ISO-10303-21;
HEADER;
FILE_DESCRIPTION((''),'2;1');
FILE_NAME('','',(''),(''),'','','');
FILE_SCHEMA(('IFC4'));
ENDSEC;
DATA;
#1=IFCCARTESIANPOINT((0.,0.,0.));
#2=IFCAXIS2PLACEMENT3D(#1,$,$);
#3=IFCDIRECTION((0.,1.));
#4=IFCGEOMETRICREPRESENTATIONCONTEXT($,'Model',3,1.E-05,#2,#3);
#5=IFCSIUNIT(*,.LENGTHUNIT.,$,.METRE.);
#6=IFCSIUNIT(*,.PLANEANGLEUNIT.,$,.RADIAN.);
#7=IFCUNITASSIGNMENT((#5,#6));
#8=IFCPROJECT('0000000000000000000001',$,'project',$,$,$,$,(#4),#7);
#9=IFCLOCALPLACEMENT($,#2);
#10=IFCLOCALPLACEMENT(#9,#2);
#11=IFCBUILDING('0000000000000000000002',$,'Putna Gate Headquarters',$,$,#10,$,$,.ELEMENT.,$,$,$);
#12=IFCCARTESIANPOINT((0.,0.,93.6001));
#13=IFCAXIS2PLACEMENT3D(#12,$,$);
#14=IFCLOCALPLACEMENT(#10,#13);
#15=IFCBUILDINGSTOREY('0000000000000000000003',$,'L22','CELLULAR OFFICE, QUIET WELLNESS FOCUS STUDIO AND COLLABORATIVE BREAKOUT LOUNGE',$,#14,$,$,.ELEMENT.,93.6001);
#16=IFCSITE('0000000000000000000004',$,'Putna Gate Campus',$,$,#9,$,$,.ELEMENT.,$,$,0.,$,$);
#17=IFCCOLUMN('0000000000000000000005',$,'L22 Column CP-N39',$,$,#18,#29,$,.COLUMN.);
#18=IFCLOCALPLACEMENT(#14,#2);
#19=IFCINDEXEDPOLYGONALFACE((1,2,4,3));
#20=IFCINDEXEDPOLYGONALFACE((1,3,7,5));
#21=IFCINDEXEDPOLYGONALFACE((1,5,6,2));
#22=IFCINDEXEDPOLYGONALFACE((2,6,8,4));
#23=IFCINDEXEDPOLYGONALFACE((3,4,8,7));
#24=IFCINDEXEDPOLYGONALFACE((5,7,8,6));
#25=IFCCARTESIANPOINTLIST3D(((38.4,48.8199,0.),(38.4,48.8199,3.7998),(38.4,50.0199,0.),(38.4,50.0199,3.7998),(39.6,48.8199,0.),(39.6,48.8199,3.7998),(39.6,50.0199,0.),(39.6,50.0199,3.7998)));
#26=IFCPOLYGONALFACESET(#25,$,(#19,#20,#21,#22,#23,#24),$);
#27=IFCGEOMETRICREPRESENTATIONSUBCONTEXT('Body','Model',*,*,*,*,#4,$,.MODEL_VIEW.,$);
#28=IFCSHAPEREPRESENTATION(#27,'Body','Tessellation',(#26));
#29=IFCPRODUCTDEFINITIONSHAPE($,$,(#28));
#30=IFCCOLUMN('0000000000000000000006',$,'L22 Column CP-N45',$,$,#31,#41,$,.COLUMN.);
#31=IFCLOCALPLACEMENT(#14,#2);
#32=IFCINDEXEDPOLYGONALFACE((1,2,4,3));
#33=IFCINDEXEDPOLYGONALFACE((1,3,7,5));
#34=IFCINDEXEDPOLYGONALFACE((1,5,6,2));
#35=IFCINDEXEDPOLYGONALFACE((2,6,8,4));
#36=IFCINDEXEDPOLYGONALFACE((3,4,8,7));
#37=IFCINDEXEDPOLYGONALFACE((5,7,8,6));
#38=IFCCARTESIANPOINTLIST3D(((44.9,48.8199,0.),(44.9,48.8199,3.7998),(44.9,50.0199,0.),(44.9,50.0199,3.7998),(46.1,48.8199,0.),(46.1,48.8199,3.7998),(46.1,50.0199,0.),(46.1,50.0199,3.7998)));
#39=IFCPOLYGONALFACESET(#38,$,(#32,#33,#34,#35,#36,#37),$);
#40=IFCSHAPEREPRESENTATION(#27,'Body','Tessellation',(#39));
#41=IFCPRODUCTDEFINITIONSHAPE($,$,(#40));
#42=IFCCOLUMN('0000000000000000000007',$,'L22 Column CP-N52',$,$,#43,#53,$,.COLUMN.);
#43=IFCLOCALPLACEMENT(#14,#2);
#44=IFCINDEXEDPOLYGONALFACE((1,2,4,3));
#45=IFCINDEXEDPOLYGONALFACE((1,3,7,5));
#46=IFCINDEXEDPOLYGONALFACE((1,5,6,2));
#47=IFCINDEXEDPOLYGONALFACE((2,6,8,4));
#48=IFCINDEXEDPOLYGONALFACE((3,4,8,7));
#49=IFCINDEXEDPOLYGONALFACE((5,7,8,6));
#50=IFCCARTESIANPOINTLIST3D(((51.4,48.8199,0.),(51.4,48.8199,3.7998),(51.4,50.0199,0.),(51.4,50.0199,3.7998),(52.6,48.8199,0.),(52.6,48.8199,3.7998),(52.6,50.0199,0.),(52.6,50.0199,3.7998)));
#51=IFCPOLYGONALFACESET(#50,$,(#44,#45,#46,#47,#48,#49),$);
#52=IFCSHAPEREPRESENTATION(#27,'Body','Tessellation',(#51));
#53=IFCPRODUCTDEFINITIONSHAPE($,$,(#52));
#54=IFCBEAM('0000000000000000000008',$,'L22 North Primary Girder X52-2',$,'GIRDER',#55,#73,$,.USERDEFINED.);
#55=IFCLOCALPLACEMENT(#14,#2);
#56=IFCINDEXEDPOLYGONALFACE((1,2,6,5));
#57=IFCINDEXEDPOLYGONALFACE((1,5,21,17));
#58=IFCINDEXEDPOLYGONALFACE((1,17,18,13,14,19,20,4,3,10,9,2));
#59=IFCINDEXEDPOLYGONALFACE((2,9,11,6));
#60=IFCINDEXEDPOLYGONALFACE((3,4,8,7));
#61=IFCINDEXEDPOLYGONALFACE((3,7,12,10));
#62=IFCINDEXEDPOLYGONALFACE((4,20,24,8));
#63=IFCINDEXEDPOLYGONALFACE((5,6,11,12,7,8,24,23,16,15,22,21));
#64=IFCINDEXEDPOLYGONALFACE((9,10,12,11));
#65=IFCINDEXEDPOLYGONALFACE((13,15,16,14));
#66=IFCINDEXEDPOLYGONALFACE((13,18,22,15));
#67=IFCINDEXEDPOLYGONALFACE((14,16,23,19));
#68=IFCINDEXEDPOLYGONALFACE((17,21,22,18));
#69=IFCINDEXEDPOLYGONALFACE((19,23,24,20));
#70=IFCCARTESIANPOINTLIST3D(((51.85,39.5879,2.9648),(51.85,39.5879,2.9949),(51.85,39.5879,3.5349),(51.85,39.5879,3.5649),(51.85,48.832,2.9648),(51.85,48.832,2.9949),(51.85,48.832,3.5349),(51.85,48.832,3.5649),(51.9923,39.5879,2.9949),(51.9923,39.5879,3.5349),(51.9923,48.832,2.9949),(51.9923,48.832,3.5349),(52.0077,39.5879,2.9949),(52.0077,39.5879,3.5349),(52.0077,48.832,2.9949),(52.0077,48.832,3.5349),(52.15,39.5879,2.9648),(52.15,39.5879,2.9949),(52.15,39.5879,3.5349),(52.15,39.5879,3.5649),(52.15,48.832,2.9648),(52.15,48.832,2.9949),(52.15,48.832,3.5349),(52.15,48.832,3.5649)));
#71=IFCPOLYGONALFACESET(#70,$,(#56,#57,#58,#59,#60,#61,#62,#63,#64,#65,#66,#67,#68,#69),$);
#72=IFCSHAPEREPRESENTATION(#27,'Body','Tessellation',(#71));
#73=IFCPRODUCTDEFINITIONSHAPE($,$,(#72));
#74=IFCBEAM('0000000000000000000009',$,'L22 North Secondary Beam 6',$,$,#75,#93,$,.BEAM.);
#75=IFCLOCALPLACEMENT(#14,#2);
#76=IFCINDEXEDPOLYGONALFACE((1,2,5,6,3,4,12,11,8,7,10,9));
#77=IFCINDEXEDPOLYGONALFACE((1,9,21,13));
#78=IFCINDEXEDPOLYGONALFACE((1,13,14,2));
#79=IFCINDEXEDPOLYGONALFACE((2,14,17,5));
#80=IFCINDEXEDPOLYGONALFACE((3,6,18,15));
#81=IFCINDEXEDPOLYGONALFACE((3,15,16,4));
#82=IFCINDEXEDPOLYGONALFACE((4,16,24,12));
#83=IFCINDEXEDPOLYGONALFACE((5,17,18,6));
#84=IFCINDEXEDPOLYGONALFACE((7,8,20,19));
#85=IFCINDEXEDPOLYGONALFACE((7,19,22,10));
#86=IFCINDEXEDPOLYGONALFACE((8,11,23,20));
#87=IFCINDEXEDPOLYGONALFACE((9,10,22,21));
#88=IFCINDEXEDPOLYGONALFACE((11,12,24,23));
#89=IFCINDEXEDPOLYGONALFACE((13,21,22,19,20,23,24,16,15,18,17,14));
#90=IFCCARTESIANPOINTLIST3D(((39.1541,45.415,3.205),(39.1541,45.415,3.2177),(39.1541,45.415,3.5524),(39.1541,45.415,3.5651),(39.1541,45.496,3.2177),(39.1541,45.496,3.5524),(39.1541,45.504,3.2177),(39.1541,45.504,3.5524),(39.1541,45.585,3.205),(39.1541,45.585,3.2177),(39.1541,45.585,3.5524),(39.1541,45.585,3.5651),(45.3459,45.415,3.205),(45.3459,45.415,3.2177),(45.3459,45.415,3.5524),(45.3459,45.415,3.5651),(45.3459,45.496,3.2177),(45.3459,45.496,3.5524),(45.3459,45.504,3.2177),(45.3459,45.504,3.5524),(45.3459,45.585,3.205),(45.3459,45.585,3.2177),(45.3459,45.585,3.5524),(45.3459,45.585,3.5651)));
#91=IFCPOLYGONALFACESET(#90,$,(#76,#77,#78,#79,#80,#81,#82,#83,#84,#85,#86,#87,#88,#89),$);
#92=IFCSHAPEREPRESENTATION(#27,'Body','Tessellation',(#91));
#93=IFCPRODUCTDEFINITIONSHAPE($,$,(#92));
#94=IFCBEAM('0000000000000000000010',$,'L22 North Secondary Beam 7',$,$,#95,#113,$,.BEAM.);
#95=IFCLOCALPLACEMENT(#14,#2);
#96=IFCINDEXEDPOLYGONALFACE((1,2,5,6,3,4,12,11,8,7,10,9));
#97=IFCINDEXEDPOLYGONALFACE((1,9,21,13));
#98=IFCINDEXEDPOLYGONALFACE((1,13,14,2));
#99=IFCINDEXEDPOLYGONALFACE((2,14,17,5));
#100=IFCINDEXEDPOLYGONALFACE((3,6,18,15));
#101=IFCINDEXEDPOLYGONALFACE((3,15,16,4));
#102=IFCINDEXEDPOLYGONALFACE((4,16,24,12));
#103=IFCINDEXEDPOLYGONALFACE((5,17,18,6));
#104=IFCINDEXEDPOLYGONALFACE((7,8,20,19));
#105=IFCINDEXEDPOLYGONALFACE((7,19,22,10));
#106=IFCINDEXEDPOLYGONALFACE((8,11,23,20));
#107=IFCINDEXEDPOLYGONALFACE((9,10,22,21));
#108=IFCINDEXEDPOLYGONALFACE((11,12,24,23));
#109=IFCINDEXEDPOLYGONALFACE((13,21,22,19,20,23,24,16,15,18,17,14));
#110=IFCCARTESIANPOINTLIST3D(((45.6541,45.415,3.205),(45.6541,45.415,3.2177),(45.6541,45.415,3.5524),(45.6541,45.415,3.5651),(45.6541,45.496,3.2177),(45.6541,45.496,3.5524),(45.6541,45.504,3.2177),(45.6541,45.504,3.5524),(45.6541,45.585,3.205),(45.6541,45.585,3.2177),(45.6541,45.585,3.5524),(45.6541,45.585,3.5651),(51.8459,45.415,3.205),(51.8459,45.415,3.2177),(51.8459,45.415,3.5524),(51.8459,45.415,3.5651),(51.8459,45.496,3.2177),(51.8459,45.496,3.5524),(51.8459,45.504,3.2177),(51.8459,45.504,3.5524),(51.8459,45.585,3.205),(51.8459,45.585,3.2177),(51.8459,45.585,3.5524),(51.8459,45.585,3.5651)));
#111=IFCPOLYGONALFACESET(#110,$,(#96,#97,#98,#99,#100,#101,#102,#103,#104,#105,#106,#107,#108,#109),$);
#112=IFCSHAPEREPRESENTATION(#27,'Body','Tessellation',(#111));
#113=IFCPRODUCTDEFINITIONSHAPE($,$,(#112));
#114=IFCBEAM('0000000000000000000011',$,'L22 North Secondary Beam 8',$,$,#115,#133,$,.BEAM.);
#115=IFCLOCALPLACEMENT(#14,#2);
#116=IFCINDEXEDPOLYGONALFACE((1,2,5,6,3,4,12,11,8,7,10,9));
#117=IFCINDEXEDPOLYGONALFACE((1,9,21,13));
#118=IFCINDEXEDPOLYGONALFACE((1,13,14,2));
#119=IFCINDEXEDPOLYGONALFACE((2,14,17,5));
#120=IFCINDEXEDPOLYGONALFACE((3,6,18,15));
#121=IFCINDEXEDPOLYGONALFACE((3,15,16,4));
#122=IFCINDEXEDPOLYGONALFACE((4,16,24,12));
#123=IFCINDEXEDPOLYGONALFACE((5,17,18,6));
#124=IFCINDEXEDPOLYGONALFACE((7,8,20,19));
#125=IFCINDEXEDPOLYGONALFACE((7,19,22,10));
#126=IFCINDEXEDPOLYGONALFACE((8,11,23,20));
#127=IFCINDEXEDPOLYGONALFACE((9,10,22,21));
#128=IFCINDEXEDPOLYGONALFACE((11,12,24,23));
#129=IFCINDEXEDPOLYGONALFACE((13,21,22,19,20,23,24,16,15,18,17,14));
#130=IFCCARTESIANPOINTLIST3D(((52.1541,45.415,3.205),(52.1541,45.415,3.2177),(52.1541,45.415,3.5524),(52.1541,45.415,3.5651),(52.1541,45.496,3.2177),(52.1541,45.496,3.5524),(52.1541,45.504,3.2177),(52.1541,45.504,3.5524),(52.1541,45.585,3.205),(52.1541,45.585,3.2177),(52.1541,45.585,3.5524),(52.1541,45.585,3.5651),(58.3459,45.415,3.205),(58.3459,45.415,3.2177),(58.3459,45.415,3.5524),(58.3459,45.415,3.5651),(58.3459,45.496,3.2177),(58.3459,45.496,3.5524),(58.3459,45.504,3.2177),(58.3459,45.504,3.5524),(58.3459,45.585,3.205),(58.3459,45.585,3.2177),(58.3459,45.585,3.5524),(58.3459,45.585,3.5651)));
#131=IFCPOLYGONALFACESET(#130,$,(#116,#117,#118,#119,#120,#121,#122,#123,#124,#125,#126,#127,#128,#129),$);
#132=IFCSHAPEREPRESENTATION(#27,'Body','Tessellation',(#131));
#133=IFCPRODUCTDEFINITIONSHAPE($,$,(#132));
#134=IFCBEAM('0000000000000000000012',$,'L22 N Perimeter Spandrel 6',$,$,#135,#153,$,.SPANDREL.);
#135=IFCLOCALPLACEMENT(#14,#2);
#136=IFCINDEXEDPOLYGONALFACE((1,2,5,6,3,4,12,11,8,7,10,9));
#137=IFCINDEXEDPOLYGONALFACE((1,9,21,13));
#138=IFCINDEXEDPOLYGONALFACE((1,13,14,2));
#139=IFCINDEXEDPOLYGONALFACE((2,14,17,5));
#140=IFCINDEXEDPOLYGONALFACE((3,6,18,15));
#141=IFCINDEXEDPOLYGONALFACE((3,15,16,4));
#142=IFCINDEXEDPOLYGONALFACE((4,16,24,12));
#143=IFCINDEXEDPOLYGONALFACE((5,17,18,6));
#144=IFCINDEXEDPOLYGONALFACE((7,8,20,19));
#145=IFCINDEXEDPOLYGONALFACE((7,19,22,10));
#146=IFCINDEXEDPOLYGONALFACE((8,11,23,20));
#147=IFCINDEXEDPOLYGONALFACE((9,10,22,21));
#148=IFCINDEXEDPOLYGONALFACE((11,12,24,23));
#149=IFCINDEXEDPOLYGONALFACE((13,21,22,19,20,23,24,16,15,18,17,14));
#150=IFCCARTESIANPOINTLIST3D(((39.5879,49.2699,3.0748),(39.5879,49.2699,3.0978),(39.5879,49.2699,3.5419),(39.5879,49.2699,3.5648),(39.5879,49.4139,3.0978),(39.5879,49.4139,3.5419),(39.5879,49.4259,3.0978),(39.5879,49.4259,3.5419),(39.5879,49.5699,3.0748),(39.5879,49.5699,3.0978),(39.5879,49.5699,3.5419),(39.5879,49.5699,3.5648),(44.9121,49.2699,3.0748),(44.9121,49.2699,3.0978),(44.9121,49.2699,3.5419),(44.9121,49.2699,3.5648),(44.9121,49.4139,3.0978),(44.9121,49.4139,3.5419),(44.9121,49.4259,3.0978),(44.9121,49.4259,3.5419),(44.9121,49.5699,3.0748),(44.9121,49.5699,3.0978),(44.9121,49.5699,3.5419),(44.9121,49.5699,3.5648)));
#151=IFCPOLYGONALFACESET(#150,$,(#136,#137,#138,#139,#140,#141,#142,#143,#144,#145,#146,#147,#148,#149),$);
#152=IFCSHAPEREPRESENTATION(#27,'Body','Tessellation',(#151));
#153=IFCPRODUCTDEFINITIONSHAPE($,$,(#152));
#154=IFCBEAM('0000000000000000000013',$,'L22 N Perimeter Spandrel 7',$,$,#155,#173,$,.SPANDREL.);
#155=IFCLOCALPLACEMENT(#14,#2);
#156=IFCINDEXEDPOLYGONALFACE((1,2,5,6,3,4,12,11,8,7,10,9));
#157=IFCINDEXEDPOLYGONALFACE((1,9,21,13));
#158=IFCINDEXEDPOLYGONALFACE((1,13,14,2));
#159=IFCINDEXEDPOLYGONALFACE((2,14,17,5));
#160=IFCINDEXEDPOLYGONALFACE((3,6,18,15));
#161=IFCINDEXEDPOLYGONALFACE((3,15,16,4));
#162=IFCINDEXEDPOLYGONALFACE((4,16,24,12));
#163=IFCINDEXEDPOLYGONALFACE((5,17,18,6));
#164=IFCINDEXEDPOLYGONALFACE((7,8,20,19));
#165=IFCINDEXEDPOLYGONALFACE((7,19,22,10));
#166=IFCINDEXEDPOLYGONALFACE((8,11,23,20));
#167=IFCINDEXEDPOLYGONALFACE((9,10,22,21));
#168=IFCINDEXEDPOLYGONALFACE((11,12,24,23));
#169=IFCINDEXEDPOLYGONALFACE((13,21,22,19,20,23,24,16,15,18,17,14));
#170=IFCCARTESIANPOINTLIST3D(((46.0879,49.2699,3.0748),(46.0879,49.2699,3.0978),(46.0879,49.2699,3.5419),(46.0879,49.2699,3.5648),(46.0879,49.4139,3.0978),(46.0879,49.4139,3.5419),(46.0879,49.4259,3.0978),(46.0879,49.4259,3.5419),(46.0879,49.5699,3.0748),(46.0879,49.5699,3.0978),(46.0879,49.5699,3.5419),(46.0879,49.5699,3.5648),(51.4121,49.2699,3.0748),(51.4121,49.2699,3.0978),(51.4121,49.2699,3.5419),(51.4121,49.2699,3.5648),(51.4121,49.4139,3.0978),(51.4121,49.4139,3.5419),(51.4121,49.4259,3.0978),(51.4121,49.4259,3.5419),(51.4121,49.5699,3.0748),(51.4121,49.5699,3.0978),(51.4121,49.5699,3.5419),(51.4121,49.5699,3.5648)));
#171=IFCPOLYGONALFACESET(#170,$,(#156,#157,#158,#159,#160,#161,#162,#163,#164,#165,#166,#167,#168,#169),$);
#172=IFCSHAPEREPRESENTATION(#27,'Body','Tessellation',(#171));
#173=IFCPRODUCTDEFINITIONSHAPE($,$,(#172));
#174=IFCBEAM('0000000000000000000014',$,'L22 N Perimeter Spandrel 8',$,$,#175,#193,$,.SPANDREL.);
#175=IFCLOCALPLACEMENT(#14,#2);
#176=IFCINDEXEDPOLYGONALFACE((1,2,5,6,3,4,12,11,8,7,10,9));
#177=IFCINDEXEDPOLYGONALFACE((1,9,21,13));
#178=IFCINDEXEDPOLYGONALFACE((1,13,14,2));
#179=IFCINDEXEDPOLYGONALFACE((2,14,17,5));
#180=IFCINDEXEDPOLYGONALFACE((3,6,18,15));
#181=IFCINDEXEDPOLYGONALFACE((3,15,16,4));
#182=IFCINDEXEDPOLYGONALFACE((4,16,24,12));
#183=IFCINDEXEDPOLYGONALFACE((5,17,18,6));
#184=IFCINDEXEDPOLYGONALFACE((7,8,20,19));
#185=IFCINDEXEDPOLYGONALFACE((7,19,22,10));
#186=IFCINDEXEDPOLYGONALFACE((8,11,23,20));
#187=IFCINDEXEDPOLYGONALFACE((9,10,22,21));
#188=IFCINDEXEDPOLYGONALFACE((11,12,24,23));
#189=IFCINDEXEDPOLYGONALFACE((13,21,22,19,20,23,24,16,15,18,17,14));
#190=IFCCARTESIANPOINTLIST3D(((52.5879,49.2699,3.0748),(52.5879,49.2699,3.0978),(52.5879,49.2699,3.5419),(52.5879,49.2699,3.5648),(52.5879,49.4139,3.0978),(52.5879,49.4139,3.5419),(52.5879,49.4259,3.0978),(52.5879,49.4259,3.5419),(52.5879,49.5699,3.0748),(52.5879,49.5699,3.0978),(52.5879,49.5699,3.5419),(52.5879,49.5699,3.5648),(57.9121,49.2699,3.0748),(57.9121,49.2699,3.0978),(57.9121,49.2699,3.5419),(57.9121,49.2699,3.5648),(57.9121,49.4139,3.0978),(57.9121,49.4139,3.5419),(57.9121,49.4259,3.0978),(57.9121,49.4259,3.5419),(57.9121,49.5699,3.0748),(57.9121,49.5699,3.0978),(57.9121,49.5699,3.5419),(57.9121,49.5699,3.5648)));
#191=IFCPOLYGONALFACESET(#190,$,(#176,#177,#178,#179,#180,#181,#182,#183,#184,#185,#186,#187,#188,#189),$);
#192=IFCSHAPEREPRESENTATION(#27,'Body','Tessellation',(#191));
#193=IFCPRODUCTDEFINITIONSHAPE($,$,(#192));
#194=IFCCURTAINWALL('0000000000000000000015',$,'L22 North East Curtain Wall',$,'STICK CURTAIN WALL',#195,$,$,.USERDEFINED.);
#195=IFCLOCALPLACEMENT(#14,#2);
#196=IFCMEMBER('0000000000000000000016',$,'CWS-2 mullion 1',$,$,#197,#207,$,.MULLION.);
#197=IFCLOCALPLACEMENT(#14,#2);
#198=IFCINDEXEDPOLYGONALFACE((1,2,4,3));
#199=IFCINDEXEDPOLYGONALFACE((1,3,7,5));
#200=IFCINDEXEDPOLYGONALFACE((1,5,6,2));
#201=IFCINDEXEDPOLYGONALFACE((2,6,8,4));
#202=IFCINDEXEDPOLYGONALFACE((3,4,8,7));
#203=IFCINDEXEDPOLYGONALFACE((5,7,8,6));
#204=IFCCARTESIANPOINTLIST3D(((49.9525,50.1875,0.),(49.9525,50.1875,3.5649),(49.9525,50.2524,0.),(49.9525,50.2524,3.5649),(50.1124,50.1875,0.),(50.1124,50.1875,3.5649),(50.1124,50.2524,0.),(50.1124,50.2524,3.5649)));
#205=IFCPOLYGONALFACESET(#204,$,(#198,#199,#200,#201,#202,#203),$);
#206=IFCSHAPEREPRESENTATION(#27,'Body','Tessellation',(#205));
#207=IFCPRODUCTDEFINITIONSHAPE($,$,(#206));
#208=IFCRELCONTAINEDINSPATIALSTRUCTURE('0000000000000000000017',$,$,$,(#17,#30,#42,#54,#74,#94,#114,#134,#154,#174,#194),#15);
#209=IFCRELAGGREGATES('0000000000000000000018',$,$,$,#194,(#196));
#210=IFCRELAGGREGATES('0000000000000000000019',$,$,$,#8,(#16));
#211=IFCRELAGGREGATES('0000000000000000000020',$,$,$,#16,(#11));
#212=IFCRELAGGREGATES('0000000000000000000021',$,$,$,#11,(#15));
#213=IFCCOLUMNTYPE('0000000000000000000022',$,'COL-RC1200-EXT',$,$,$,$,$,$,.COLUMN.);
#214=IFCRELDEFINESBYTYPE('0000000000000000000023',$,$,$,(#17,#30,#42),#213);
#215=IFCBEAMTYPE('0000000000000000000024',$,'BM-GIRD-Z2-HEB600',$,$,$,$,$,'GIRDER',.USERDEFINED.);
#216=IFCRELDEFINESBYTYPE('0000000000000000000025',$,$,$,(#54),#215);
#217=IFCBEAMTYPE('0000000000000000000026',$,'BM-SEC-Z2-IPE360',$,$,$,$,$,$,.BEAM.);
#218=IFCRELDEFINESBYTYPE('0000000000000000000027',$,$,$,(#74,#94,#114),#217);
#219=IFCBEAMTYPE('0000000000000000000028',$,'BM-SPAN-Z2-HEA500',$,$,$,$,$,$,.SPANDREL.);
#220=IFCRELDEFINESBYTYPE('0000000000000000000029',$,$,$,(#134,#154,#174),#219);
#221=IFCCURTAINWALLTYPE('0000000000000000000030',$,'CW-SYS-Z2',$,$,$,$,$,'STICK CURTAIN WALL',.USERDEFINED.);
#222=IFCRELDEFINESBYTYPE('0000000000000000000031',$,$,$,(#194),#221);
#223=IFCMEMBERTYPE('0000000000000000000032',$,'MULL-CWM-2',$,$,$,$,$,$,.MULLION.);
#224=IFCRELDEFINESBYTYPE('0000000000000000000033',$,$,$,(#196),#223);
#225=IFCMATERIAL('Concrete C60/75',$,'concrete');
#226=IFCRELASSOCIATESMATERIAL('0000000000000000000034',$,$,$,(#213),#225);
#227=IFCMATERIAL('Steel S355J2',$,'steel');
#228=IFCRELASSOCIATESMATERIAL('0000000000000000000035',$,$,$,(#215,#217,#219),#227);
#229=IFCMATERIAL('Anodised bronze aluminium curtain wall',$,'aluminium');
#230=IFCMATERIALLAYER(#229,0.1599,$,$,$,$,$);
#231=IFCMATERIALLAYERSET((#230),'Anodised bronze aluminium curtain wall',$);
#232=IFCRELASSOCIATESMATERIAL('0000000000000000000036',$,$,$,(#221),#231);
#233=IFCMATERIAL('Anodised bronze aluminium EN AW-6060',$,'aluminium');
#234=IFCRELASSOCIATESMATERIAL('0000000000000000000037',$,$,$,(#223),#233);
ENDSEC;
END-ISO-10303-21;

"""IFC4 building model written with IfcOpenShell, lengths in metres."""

from ifc_helpers import new_model, si_unit, direction, frame, origin, origin_2d, place, context, subcontext, project, spatial, rectangle, i_section, extrude, material, layer, layer_set, material_profile, profile_set, type_object, element, aggregate, save


model = new_model("IFC4")

# Units and contexts
model_context = context("Model", 3, precision=1e-05, world=origin(), true_north=direction((0.0, 1.0)))
body_context = subcontext(model_context, "Body", "Model", "MODEL_VIEW")
ifc_project = project(units=[si_unit("LENGTHUNIT", "METRE"), si_unit("PLANEANGLEUNIT", "RADIAN")], contexts=[model_context])

# Site, building, storey
site_placement = place(None, origin())
site = spatial("IfcSite", under=ifc_project, at=site_placement, Name="Putna Gate Campus", CompositionType="ELEMENT", RefElevation=0.0)
building_placement = place(site_placement, origin())
building = spatial("IfcBuilding", under=site, at=building_placement, Name="Putna Gate Headquarters", CompositionType="ELEMENT")
storey_placement = place(building_placement, frame((0.0, 0.0, 93.6001)))
storey = spatial("IfcBuildingStorey", under=building, at=storey_placement, Name="L22", Description="CELLULAR OFFICE, QUIET WELLNESS FOCUS STUDIO AND COLLABORATIVE BREAKOUT LOUNGE", CompositionType="ELEMENT", Elevation=93.6001)

# Columns
ifc_material_1 = material(Name="Concrete C60/75", Category="concrete")
ifc_material_profile_1 = material_profile(ifc_material_1, rectangle(XDim=1.2, YDim=1.2, at=origin_2d()), Name="Concrete C60/75")
ifc_profile_set_1 = profile_set([ifc_material_profile_1], Name="Concrete C60/75")
column_type = type_object("IfcColumnType", Name="COL-RC1200-EXT", PredefinedType="COLUMN", material=ifc_profile_set_1)
for number, where, z_axis, x_axis, name in (
    (1, (39.0, 49.4199, 0.0), (0.0, 0.0, 1.0), (1.0, 0.0, 0.0), "L22 Column CP-N39"),
    (2, (45.5, 49.4199, 0.0), (0.0, 0.0, 1.0), (1.0, 0.0, 0.0), "L22 Column CP-N45"),
    (3, (52.0, 49.4199, 0.0), (0.0, 0.0, 1.0), (1.0, 0.0, 0.0), "L22 Column CP-N52"),
):
    element("IfcColumn", number, at=place(storey_placement, frame(where, z_axis=z_axis, x_axis=x_axis)), inside=storey, type_object=column_type, Name=name, PredefinedType="COLUMN", context=body_context, shape_type="SweptSolid", body=[
        extrude(rectangle(XDim=1.2, YDim=1.2, at=origin_2d()), origin(), (0.0, 0.0, 1.0), 3.7998),
    ])

# Beams
ifc_material_2 = material(Name="Steel S355J2", Category="steel")
ifc_material_profile_2 = material_profile(ifc_material_2, i_section(OverallWidth=0.3, OverallDepth=0.6001, WebThickness=0.0154, FlangeThickness=0.03, at=origin_2d()), Name="Steel S355J2")
ifc_profile_set_2 = profile_set([ifc_material_profile_2], Name="Steel S355J2")
beam_type_1 = type_object("IfcBeamType", Name="BM-GIRD-Z2-HEB600", ElementType="GIRDER", PredefinedType="USERDEFINED", material=ifc_profile_set_2)
beam_placement = place(storey_placement, frame((52.0, 39.5879, 3.2649), z_axis=(0.0, 1.0, 0.0), x_axis=(-1.0, 0.0, 0.0)))
element("IfcBeam", 4, at=beam_placement, inside=storey, type_object=beam_type_1, Name="L22 North Primary Girder X52-2", ObjectType="GIRDER", PredefinedType="USERDEFINED", context=body_context, shape_type="SweptSolid", body=[
    extrude(i_section(OverallWidth=0.3, OverallDepth=0.6001, WebThickness=0.0154, FlangeThickness=0.03, at=origin_2d()), origin(), (0.0, 0.0, 1.0), 9.2441),
])
ifc_material_profile_3 = material_profile(ifc_material_2, i_section(OverallWidth=0.1699, OverallDepth=0.3601, WebThickness=0.0081, FlangeThickness=0.0127, at=origin_2d()), Name="Steel S355J2")
ifc_profile_set_3 = profile_set([ifc_material_profile_3], Name="Steel S355J2")
beam_type_2 = type_object("IfcBeamType", Name="BM-SEC-Z2-IPE360", PredefinedType="BEAM", material=ifc_profile_set_3)
for number, where, z_axis, x_axis, name in (
    (5, (39.1541, 45.5, 3.385), (1.0, 0.0, 0.0), (0.0, 1.0, 0.0), "L22 North Secondary Beam 6"),
    (6, (45.6541, 45.5, 3.385), (1.0, 0.0, 0.0), (0.0, 1.0, 0.0), "L22 North Secondary Beam 7"),
    (7, (52.1541, 45.5, 3.385), (1.0, 0.0, 0.0), (0.0, 1.0, 0.0), "L22 North Secondary Beam 8"),
):
    element("IfcBeam", number, at=place(storey_placement, frame(where, z_axis=z_axis, x_axis=x_axis)), inside=storey, type_object=beam_type_2, Name=name, PredefinedType="BEAM", context=body_context, shape_type="SweptSolid", body=[
        extrude(i_section(OverallWidth=0.1699, OverallDepth=0.3601, WebThickness=0.0081, FlangeThickness=0.0127, at=origin_2d()), origin(), (0.0, 0.0, 1.0), 6.1919),
    ])
ifc_material_profile_4 = material_profile(ifc_material_2, i_section(OverallWidth=0.3, OverallDepth=0.49, WebThickness=0.012, FlangeThickness=0.0229, at=origin_2d()), Name="Steel S355J2")
ifc_profile_set_4 = profile_set([ifc_material_profile_4], Name="Steel S355J2")
beam_type_3 = type_object("IfcBeamType", Name="BM-SPAN-Z2-HEA500", PredefinedType="SPANDREL", material=ifc_profile_set_4)
for number, where, z_axis, x_axis, name in (
    (8, (39.5879, 49.4199, 3.3198), (1.0, 0.0, 0.0), (0.0, 1.0, 0.0), "L22 N Perimeter Spandrel 6"),
    (9, (46.0879, 49.4199, 3.3198), (1.0, 0.0, 0.0), (0.0, 1.0, 0.0), "L22 N Perimeter Spandrel 7"),
    (10, (52.5879, 49.4199, 3.3198), (1.0, 0.0, 0.0), (0.0, 1.0, 0.0), "L22 N Perimeter Spandrel 8"),
):
    element("IfcBeam", number, at=place(storey_placement, frame(where, z_axis=z_axis, x_axis=x_axis)), inside=storey, type_object=beam_type_3, Name=name, PredefinedType="SPANDREL", context=body_context, shape_type="SweptSolid", body=[
        extrude(i_section(OverallWidth=0.3, OverallDepth=0.49, WebThickness=0.012, FlangeThickness=0.0229, at=origin_2d()), origin(), (0.0, 0.0, 1.0), 5.3242),
    ])

# Curtain wall, member
ifc_material_3 = material(Name="Anodised bronze aluminium curtain wall", Category="aluminium")
ifc_layer_1 = layer(ifc_material_3, 0.1599)
ifc_layer_set_1 = layer_set([ifc_layer_1], Name="Anodised bronze aluminium curtain wall")
curtain_wall_type_1 = type_object("IfcCurtainWallType", Name="CW-SYS-Z2", ElementType="STICK CURTAIN WALL", PredefinedType="USERDEFINED", material=ifc_layer_set_1)
curtain_wall_1_placement = place(storey_placement, origin())
curtain_wall_1 = element("IfcCurtainWall", 11, at=curtain_wall_1_placement, inside=storey, type_object=curtain_wall_type_1, Name="L22 North East Curtain Wall", ObjectType="STICK CURTAIN WALL", PredefinedType="USERDEFINED")
ifc_material_4 = material(Name="Anodised bronze aluminium EN AW-6060", Category="aluminium")
ifc_material_profile_5 = material_profile(ifc_material_4, rectangle(XDim=0.0649, YDim=0.1599, at=origin_2d()), Name="Anodised bronze aluminium EN AW-6060")
ifc_profile_set_5 = profile_set([ifc_material_profile_5], Name="Anodised bronze aluminium EN AW-6060")
member_type_1 = type_object("IfcMemberType", Name="MULL-CWM-2", PredefinedType="MULLION", material=ifc_profile_set_5)
member_1_placement = place(storey_placement, frame((50.0325, 50.22, 0.0), z_axis=(0.0, 0.0, 1.0), x_axis=(0.0, 1.0, 0.0)))
member_1 = element("IfcMember", 12, at=member_1_placement, type_object=member_type_1, Name="CWS-2 mullion 1", PredefinedType="MULLION", context=body_context, shape_type="SweptSolid", body=[
    extrude(rectangle(XDim=0.0649, YDim=0.1599, at=origin_2d()), origin(), (0.0, 0.0, 1.0), 3.5649),
])

aggregate(curtain_wall_1, [member_1])

save(model, "model.ifc")
